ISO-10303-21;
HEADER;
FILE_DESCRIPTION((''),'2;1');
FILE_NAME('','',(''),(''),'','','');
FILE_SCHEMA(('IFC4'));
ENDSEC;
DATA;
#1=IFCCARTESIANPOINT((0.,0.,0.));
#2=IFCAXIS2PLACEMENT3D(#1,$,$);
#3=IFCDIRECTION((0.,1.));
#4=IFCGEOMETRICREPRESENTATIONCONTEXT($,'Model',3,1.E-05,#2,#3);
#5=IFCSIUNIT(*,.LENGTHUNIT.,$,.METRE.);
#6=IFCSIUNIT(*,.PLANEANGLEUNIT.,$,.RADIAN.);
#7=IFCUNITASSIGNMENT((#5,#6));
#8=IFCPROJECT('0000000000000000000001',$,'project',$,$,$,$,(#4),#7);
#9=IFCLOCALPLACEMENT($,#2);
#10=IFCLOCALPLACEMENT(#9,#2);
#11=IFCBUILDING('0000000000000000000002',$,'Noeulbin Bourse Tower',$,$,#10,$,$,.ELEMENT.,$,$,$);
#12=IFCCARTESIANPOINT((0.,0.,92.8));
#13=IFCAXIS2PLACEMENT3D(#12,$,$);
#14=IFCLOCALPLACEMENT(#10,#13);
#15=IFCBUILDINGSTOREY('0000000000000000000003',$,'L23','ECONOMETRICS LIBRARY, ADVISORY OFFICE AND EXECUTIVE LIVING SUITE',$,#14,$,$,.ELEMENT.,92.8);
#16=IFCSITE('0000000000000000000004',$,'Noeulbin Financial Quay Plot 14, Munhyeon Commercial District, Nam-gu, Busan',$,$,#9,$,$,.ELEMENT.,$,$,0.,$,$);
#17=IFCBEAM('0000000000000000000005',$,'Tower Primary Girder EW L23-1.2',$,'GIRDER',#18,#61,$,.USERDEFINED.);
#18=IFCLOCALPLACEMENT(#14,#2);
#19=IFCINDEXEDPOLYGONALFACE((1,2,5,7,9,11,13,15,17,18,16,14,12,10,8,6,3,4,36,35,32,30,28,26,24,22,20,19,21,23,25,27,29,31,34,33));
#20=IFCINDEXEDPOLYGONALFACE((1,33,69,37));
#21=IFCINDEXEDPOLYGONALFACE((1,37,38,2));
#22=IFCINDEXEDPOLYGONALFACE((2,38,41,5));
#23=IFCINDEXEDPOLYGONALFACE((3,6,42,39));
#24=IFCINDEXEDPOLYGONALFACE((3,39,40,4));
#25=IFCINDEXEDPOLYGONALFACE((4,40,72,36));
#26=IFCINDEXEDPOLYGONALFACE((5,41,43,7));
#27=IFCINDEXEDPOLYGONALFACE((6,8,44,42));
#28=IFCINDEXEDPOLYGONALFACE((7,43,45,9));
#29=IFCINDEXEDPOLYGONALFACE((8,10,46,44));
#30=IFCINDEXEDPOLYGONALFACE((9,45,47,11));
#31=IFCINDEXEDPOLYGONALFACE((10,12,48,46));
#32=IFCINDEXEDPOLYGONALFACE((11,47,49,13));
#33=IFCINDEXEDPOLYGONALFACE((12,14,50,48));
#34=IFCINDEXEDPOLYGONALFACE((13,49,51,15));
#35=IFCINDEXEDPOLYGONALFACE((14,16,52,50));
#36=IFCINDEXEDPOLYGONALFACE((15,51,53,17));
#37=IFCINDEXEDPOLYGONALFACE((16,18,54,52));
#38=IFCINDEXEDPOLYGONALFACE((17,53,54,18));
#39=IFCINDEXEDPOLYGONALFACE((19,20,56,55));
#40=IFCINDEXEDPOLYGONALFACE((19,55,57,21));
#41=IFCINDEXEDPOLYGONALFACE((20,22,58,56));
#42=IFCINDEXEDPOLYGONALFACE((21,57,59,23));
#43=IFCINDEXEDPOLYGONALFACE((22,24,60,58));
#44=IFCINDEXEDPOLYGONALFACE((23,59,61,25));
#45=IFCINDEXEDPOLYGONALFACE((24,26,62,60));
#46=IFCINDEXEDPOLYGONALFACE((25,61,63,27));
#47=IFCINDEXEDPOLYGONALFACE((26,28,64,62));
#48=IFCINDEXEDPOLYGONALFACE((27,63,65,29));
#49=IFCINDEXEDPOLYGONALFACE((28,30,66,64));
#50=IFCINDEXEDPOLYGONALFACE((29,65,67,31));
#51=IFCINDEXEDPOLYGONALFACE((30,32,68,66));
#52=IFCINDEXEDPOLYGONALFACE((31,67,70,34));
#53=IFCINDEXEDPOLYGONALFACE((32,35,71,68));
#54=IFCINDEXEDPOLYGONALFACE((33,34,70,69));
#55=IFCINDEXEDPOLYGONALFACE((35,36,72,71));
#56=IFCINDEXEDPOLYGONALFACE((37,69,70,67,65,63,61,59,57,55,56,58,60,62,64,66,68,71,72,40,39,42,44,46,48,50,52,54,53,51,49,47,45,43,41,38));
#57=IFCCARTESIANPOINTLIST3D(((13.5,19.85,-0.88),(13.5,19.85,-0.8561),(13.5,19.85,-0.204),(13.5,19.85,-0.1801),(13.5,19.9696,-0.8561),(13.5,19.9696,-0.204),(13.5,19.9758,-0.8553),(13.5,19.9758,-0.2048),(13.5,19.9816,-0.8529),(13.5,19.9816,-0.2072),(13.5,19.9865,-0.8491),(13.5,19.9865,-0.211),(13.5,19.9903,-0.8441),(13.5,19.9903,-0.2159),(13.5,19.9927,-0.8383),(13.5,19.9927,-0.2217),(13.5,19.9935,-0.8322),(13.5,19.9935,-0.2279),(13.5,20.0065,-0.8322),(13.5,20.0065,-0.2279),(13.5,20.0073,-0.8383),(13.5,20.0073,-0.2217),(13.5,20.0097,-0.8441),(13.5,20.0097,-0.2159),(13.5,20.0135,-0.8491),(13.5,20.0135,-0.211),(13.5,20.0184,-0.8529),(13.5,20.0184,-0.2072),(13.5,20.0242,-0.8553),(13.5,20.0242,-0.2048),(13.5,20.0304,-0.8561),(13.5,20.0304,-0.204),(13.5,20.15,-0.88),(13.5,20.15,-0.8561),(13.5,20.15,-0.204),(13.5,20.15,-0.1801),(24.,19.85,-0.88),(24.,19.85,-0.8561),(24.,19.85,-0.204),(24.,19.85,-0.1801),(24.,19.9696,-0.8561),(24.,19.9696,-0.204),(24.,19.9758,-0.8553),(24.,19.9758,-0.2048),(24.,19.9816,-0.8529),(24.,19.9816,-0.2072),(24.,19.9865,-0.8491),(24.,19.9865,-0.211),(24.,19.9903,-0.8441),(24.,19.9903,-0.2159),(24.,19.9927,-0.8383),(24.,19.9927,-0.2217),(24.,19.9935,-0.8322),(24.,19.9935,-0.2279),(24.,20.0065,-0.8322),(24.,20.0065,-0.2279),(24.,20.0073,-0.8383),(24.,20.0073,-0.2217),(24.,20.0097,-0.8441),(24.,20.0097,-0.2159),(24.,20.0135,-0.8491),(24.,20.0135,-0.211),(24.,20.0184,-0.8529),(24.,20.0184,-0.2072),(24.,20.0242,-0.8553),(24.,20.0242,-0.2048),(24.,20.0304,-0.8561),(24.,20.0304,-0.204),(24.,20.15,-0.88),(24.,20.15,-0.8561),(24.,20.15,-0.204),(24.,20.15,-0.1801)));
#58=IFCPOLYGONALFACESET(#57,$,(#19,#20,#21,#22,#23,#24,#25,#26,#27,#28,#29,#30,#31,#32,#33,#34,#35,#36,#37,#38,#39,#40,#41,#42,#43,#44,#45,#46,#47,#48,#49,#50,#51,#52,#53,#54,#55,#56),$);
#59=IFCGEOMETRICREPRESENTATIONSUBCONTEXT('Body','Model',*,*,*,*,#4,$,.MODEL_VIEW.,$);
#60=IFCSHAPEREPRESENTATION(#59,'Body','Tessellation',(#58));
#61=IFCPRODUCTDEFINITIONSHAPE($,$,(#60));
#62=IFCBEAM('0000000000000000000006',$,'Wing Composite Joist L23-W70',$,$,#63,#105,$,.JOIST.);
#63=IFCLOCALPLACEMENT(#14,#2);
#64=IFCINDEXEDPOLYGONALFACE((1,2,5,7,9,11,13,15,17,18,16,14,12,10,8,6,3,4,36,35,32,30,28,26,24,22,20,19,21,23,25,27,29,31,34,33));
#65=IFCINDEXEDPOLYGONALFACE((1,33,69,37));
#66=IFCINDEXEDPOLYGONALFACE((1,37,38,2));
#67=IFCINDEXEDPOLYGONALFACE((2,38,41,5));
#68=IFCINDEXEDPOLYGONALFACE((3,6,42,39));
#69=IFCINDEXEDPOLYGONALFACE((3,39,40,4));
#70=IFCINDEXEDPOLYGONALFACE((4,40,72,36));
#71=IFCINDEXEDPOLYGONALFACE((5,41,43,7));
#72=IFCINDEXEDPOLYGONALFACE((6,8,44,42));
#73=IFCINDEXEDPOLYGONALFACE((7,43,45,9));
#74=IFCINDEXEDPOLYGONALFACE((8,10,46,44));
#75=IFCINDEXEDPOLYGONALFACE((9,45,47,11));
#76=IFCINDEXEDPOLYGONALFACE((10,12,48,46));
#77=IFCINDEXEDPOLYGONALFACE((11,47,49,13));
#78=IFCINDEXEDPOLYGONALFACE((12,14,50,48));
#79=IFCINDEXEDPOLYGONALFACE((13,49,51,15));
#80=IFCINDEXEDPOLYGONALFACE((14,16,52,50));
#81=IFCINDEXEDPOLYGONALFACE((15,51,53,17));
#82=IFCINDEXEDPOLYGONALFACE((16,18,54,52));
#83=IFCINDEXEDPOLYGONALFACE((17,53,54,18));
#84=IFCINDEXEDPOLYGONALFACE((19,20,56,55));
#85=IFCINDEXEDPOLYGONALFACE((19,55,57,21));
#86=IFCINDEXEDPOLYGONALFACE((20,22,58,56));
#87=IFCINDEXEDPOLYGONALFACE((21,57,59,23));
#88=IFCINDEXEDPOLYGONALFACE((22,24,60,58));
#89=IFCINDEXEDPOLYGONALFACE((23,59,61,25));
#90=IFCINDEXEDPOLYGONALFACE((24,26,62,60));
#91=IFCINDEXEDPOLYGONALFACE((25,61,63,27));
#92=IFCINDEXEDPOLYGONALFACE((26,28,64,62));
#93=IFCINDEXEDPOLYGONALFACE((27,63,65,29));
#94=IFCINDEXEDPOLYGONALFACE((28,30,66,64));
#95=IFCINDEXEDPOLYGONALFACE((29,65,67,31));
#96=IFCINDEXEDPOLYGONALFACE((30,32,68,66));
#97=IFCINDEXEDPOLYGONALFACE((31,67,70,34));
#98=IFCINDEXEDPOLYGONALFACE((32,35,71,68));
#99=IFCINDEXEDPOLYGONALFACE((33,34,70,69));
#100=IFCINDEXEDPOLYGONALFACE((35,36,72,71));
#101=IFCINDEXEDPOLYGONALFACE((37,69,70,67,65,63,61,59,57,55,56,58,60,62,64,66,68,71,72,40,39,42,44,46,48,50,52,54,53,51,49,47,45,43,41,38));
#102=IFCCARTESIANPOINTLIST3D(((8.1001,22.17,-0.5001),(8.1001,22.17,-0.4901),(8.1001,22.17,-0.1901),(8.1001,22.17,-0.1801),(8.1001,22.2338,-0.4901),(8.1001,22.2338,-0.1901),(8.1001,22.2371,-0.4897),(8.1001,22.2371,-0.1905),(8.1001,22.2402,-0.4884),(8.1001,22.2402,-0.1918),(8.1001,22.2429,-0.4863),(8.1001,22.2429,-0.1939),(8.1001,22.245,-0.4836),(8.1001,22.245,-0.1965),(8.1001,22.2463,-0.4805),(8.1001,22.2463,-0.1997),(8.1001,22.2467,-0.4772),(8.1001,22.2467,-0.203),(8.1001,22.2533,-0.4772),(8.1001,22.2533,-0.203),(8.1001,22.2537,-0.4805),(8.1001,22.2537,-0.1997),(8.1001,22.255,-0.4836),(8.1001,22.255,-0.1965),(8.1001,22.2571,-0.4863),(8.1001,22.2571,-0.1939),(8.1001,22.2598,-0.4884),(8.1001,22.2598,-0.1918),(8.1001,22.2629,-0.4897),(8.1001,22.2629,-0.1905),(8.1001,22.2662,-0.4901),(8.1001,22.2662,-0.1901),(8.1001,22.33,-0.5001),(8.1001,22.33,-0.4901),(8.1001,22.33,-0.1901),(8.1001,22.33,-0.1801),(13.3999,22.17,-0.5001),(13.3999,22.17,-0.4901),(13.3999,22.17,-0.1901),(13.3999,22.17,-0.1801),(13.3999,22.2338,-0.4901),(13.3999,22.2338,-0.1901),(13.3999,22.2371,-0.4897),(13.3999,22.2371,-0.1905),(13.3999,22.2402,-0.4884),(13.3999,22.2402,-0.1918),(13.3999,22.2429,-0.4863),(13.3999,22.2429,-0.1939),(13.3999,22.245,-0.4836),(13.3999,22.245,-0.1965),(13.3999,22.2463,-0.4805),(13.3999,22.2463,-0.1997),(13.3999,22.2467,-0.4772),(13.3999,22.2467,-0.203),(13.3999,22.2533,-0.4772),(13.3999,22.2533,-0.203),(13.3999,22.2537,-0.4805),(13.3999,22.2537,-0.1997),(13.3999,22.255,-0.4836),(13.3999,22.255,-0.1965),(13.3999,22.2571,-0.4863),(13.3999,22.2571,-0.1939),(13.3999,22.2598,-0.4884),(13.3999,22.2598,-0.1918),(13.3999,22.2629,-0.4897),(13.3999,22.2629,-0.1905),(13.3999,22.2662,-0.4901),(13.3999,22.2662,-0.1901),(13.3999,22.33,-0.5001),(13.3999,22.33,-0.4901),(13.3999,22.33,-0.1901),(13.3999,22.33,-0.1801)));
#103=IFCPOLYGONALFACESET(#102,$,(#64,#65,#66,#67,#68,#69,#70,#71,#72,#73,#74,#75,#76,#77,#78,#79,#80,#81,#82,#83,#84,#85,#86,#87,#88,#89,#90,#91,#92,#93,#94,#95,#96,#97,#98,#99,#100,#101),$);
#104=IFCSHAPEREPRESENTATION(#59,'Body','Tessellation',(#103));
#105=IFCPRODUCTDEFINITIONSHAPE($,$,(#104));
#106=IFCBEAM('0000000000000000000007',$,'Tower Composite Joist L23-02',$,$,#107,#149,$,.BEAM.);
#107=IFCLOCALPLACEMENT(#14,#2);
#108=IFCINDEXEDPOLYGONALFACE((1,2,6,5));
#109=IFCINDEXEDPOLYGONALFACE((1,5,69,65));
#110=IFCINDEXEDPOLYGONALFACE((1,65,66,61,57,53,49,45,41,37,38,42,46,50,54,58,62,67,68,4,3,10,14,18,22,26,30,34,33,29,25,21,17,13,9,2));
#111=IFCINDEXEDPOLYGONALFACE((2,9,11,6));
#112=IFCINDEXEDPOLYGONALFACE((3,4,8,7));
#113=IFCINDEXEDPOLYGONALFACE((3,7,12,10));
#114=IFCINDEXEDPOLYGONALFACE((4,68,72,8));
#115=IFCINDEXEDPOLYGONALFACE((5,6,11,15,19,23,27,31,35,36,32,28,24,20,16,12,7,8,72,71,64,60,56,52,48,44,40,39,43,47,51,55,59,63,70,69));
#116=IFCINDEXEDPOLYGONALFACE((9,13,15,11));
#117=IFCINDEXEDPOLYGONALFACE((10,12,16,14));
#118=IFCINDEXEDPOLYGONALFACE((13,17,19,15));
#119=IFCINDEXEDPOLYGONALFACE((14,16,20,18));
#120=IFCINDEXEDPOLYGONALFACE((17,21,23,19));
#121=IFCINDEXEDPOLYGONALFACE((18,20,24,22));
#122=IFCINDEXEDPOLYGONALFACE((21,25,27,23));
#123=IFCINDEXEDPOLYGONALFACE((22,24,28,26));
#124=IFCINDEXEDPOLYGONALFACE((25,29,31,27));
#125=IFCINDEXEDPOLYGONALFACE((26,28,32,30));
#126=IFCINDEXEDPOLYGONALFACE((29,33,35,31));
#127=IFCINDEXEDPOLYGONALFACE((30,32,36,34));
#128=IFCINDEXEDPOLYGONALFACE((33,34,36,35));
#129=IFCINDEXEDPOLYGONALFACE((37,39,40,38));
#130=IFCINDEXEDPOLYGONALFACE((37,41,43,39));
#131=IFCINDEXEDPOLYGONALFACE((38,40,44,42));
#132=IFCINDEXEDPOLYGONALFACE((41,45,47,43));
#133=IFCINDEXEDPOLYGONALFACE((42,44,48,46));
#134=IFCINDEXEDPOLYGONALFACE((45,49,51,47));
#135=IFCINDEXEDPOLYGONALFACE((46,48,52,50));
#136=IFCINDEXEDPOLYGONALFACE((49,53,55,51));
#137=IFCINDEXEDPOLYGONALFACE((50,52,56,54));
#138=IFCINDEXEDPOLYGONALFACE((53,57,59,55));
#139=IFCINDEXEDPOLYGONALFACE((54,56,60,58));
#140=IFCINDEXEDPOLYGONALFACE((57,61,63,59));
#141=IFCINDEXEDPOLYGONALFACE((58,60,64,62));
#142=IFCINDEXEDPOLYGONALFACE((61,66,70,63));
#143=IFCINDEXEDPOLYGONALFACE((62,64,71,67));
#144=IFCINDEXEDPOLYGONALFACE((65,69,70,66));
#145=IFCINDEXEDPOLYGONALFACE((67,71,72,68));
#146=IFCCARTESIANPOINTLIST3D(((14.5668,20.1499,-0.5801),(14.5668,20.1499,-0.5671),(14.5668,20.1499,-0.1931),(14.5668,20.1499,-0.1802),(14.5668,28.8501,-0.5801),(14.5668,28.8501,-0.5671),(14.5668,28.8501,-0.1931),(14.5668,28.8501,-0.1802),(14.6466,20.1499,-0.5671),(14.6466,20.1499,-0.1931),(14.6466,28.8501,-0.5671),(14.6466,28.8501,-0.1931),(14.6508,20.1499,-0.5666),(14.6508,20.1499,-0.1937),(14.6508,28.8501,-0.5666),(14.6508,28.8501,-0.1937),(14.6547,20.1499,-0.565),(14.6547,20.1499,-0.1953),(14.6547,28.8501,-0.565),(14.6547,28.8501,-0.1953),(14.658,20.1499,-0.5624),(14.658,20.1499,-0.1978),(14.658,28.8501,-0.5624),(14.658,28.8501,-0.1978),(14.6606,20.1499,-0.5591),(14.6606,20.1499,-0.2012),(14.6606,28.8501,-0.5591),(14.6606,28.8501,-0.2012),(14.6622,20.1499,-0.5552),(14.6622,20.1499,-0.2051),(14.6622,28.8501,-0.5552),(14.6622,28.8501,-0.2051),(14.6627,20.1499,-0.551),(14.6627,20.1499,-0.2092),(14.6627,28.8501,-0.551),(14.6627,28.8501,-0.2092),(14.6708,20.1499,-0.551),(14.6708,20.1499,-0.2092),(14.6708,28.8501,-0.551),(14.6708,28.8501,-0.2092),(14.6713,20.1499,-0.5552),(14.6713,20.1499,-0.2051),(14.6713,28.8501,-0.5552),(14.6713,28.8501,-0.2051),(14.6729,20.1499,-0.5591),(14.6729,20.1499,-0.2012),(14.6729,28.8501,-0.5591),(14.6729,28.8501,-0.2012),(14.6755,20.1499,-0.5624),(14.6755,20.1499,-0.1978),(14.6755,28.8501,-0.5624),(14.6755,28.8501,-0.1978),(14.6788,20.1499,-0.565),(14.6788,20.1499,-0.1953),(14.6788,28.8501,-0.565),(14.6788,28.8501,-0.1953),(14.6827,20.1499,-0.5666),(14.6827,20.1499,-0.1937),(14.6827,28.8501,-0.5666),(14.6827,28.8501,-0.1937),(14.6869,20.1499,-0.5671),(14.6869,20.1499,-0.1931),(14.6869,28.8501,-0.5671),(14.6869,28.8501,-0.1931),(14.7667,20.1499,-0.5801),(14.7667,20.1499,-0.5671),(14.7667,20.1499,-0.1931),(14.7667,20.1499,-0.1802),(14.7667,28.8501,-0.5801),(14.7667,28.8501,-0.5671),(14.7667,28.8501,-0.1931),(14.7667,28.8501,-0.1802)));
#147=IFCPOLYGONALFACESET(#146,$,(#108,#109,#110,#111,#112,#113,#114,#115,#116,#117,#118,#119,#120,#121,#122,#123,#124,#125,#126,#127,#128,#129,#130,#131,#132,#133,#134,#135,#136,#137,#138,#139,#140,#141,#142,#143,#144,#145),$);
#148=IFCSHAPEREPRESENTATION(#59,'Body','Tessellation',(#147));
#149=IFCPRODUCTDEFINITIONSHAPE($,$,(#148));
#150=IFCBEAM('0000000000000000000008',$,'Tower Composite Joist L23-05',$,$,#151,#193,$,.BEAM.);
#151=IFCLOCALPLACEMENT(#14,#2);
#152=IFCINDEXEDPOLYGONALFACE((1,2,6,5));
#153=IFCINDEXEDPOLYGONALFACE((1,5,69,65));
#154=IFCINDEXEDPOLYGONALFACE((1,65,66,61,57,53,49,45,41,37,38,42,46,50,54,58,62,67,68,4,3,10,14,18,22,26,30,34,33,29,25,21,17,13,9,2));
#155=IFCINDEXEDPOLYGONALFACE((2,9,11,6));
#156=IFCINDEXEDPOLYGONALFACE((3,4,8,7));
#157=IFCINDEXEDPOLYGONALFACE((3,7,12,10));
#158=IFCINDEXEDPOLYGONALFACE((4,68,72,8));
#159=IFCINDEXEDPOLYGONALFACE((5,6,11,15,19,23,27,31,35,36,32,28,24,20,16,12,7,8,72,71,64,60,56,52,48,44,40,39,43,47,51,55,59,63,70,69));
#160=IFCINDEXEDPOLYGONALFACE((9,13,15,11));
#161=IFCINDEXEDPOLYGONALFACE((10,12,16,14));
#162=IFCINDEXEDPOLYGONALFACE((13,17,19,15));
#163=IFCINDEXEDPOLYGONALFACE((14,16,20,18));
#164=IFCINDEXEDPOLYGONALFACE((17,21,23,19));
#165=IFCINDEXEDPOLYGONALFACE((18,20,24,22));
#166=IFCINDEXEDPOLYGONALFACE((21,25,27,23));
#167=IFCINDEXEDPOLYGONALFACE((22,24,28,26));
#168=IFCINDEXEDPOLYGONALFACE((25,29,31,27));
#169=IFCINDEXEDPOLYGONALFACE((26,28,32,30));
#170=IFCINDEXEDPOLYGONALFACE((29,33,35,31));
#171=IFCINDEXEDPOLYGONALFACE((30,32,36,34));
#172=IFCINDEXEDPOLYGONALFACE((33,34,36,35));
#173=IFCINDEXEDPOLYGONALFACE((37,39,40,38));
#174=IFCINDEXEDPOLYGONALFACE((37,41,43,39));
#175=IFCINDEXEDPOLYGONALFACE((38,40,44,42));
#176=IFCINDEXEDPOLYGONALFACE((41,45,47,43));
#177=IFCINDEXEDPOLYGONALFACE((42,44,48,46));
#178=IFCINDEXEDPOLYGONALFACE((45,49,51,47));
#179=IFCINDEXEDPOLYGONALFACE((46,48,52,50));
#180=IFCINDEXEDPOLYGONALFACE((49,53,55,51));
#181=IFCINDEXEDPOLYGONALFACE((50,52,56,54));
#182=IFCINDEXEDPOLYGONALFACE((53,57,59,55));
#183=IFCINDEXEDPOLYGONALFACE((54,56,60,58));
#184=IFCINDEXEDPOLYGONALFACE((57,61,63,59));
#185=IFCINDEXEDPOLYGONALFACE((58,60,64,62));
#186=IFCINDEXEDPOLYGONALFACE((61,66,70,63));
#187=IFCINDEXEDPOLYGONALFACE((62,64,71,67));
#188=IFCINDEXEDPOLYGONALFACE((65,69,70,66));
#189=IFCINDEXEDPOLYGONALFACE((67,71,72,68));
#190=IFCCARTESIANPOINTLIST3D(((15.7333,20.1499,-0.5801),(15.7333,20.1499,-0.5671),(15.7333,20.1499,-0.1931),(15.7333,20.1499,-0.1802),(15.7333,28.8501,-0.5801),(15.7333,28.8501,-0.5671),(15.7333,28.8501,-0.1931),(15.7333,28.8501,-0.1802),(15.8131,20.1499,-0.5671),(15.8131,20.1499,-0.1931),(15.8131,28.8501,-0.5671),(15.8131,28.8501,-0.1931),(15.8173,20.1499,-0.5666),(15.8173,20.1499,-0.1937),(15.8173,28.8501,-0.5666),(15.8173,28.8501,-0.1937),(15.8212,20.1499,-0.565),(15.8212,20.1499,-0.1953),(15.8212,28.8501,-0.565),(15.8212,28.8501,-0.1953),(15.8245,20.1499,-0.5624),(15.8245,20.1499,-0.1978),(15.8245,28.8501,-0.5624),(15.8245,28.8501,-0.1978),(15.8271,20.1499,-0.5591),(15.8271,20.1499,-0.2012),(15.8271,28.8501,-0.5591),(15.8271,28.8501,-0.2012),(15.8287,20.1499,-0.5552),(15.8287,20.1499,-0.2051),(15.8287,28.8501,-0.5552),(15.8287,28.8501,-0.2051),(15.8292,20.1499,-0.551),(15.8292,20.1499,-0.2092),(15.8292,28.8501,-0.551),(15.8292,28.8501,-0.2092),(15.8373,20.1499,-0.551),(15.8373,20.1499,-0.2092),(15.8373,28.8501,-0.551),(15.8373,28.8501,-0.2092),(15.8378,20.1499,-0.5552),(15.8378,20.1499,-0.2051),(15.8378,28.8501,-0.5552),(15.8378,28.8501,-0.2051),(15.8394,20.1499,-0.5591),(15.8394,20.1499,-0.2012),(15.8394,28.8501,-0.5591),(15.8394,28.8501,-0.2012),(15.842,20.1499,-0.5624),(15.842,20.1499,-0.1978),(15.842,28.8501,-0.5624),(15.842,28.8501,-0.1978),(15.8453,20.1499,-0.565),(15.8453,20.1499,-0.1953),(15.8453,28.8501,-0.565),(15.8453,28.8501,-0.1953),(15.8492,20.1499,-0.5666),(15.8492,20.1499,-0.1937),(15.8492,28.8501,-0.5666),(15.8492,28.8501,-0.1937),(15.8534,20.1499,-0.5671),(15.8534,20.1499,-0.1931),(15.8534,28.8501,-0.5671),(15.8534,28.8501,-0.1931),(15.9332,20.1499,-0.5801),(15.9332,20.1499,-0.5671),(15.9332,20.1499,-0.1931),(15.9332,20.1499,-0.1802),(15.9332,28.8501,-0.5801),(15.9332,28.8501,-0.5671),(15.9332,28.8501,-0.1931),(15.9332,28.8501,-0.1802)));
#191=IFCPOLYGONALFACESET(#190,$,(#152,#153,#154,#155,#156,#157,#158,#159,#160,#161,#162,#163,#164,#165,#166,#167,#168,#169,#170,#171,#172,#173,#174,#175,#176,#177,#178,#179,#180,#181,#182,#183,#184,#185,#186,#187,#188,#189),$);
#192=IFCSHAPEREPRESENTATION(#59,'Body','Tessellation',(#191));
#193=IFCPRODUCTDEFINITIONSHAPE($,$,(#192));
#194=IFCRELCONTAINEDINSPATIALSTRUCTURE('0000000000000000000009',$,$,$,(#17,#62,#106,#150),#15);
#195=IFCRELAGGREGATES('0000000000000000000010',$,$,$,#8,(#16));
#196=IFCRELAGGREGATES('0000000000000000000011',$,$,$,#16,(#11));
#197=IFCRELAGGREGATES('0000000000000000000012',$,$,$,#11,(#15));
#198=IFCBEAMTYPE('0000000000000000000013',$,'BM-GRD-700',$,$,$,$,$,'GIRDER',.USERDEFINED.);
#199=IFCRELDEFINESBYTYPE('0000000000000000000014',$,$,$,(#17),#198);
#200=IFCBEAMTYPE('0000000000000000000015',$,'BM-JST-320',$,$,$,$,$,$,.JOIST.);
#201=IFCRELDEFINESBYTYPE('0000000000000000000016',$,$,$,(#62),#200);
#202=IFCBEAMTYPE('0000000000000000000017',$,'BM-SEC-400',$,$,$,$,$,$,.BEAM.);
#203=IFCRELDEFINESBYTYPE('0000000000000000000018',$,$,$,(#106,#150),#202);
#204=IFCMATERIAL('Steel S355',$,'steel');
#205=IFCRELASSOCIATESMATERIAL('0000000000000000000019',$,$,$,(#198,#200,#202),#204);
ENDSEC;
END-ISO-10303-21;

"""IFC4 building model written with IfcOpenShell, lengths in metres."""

from ifc_helpers import new_model, si_unit, direction, frame, origin, origin_2d, place, context, subcontext, project, spatial, i_section, extrude, material, material_profile, profile_set, type_object, element, save


model = new_model("IFC4")

# Units and contexts
model_context = context("Model", 3, precision=1e-05, world=origin(), true_north=direction((0.0, 1.0)))
body_context = subcontext(model_context, "Body", "Model", "MODEL_VIEW")
ifc_project = project(units=[si_unit("LENGTHUNIT", "METRE"), si_unit("PLANEANGLEUNIT", "RADIAN")], contexts=[model_context])

# Site, building, storey
site_placement = place(None, origin())
site = spatial("IfcSite", under=ifc_project, at=site_placement, Name="Noeulbin Financial Quay Plot 14, Munhyeon Commercial District, Nam-gu, Busan", CompositionType="ELEMENT", RefElevation=0.0)
building_placement = place(site_placement, origin())
building = spatial("IfcBuilding", under=site, at=building_placement, Name="Noeulbin Bourse Tower", CompositionType="ELEMENT")
storey_placement = place(building_placement, frame((0.0, 0.0, 92.8)))
storey = spatial("IfcBuildingStorey", under=building, at=storey_placement, Name="L23", Description="ECONOMETRICS LIBRARY, ADVISORY OFFICE AND EXECUTIVE LIVING SUITE", CompositionType="ELEMENT", Elevation=92.8)

# Beams
ifc_material_1 = material(Name="Steel S355", Category="steel")
ifc_material_profile_1 = material_profile(ifc_material_1, i_section(OverallWidth=0.3, OverallDepth=0.7, WebThickness=0.0129, FlangeThickness=0.0239, FilletRadius=0.0239, at=origin_2d()), Name="H-700x300x13x24", Category="LoadBearing")
ifc_profile_set_1 = profile_set([ifc_material_profile_1], Name="Steel S355")
beam_type_1 = type_object("IfcBeamType", Name="BM-GRD-700", ElementType="GIRDER", PredefinedType="USERDEFINED", material=ifc_profile_set_1)
beam_1_placement = place(storey_placement, frame((13.5, 20.0, -0.53), z_axis=(1.0, 0.0, 0.0), x_axis=(0.0, 1.0, 0.0)))
element("IfcBeam", 1, at=beam_1_placement, inside=storey, type_object=beam_type_1, Name="Tower Primary Girder EW L23-1.2", ObjectType="GIRDER", PredefinedType="USERDEFINED", context=body_context, shape_type="SweptSolid", body=[
    extrude(i_section(OverallWidth=0.3, OverallDepth=0.7, WebThickness=0.0129, FlangeThickness=0.0239, FilletRadius=0.0239, at=origin_2d()), origin(), (0.0, 0.0, 1.0), 10.5),
])
ifc_material_profile_2 = material_profile(ifc_material_1, i_section(OverallWidth=0.1599, OverallDepth=0.3201, WebThickness=0.0066, FlangeThickness=0.01, FilletRadius=0.0129, at=origin_2d()), Name="H-320x160x6.5x10", Category="LoadBearing")
ifc_profile_set_2 = profile_set([ifc_material_profile_2], Name="Steel S355")
beam_type_2 = type_object("IfcBeamType", Name="BM-JST-320", PredefinedType="JOIST", material=ifc_profile_set_2)
beam_2_placement = place(storey_placement, frame((8.1001, 22.25, -0.3401), z_axis=(1.0, 0.0, 0.0), x_axis=(0.0, 1.0, 0.0)))
element("IfcBeam", 2, at=beam_2_placement, inside=storey, type_object=beam_type_2, Name="Wing Composite Joist L23-W70", PredefinedType="JOIST", context=body_context, shape_type="SweptSolid", body=[
    extrude(i_section(OverallWidth=0.1599, OverallDepth=0.3201, WebThickness=0.0066, FlangeThickness=0.01, FilletRadius=0.0129, at=origin_2d()), origin(), (0.0, 0.0, 1.0), 5.2998),
])
ifc_material_profile_3 = material_profile(ifc_material_1, i_section(OverallWidth=0.2, OverallDepth=0.3999, WebThickness=0.0081, FlangeThickness=0.0129, FilletRadius=0.0161, at=origin_2d()), Name="H-400x200x8x13", Category="LoadBearing")
ifc_profile_set_3 = profile_set([ifc_material_profile_3], Name="Steel S355")
beam_type_3 = type_object("IfcBeamType", Name="BM-SEC-400", PredefinedType="BEAM", material=ifc_profile_set_3)
for number, where, z_axis, x_axis, name in (
    (3, (14.6667, 20.1499, -0.3801), (0.0, 1.0, 0.0), (-1.0, 0.0, 0.0), "Tower Composite Joist L23-02"),
    (4, (15.8333, 20.1499, -0.3801), (0.0, 1.0, 0.0), (-1.0, 0.0, 0.0), "Tower Composite Joist L23-05"),
):
    element("IfcBeam", number, at=place(storey_placement, frame(where, z_axis=z_axis, x_axis=x_axis)), inside=storey, type_object=beam_type_3, Name=name, PredefinedType="BEAM", context=body_context, shape_type="SweptSolid", body=[
        extrude(i_section(OverallWidth=0.2, OverallDepth=0.3999, WebThickness=0.0081, FlangeThickness=0.0129, FilletRadius=0.0161, at=origin_2d()), origin(), (0.0, 0.0, 1.0), 8.7002),
    ])

save(model, "model.ifc")
